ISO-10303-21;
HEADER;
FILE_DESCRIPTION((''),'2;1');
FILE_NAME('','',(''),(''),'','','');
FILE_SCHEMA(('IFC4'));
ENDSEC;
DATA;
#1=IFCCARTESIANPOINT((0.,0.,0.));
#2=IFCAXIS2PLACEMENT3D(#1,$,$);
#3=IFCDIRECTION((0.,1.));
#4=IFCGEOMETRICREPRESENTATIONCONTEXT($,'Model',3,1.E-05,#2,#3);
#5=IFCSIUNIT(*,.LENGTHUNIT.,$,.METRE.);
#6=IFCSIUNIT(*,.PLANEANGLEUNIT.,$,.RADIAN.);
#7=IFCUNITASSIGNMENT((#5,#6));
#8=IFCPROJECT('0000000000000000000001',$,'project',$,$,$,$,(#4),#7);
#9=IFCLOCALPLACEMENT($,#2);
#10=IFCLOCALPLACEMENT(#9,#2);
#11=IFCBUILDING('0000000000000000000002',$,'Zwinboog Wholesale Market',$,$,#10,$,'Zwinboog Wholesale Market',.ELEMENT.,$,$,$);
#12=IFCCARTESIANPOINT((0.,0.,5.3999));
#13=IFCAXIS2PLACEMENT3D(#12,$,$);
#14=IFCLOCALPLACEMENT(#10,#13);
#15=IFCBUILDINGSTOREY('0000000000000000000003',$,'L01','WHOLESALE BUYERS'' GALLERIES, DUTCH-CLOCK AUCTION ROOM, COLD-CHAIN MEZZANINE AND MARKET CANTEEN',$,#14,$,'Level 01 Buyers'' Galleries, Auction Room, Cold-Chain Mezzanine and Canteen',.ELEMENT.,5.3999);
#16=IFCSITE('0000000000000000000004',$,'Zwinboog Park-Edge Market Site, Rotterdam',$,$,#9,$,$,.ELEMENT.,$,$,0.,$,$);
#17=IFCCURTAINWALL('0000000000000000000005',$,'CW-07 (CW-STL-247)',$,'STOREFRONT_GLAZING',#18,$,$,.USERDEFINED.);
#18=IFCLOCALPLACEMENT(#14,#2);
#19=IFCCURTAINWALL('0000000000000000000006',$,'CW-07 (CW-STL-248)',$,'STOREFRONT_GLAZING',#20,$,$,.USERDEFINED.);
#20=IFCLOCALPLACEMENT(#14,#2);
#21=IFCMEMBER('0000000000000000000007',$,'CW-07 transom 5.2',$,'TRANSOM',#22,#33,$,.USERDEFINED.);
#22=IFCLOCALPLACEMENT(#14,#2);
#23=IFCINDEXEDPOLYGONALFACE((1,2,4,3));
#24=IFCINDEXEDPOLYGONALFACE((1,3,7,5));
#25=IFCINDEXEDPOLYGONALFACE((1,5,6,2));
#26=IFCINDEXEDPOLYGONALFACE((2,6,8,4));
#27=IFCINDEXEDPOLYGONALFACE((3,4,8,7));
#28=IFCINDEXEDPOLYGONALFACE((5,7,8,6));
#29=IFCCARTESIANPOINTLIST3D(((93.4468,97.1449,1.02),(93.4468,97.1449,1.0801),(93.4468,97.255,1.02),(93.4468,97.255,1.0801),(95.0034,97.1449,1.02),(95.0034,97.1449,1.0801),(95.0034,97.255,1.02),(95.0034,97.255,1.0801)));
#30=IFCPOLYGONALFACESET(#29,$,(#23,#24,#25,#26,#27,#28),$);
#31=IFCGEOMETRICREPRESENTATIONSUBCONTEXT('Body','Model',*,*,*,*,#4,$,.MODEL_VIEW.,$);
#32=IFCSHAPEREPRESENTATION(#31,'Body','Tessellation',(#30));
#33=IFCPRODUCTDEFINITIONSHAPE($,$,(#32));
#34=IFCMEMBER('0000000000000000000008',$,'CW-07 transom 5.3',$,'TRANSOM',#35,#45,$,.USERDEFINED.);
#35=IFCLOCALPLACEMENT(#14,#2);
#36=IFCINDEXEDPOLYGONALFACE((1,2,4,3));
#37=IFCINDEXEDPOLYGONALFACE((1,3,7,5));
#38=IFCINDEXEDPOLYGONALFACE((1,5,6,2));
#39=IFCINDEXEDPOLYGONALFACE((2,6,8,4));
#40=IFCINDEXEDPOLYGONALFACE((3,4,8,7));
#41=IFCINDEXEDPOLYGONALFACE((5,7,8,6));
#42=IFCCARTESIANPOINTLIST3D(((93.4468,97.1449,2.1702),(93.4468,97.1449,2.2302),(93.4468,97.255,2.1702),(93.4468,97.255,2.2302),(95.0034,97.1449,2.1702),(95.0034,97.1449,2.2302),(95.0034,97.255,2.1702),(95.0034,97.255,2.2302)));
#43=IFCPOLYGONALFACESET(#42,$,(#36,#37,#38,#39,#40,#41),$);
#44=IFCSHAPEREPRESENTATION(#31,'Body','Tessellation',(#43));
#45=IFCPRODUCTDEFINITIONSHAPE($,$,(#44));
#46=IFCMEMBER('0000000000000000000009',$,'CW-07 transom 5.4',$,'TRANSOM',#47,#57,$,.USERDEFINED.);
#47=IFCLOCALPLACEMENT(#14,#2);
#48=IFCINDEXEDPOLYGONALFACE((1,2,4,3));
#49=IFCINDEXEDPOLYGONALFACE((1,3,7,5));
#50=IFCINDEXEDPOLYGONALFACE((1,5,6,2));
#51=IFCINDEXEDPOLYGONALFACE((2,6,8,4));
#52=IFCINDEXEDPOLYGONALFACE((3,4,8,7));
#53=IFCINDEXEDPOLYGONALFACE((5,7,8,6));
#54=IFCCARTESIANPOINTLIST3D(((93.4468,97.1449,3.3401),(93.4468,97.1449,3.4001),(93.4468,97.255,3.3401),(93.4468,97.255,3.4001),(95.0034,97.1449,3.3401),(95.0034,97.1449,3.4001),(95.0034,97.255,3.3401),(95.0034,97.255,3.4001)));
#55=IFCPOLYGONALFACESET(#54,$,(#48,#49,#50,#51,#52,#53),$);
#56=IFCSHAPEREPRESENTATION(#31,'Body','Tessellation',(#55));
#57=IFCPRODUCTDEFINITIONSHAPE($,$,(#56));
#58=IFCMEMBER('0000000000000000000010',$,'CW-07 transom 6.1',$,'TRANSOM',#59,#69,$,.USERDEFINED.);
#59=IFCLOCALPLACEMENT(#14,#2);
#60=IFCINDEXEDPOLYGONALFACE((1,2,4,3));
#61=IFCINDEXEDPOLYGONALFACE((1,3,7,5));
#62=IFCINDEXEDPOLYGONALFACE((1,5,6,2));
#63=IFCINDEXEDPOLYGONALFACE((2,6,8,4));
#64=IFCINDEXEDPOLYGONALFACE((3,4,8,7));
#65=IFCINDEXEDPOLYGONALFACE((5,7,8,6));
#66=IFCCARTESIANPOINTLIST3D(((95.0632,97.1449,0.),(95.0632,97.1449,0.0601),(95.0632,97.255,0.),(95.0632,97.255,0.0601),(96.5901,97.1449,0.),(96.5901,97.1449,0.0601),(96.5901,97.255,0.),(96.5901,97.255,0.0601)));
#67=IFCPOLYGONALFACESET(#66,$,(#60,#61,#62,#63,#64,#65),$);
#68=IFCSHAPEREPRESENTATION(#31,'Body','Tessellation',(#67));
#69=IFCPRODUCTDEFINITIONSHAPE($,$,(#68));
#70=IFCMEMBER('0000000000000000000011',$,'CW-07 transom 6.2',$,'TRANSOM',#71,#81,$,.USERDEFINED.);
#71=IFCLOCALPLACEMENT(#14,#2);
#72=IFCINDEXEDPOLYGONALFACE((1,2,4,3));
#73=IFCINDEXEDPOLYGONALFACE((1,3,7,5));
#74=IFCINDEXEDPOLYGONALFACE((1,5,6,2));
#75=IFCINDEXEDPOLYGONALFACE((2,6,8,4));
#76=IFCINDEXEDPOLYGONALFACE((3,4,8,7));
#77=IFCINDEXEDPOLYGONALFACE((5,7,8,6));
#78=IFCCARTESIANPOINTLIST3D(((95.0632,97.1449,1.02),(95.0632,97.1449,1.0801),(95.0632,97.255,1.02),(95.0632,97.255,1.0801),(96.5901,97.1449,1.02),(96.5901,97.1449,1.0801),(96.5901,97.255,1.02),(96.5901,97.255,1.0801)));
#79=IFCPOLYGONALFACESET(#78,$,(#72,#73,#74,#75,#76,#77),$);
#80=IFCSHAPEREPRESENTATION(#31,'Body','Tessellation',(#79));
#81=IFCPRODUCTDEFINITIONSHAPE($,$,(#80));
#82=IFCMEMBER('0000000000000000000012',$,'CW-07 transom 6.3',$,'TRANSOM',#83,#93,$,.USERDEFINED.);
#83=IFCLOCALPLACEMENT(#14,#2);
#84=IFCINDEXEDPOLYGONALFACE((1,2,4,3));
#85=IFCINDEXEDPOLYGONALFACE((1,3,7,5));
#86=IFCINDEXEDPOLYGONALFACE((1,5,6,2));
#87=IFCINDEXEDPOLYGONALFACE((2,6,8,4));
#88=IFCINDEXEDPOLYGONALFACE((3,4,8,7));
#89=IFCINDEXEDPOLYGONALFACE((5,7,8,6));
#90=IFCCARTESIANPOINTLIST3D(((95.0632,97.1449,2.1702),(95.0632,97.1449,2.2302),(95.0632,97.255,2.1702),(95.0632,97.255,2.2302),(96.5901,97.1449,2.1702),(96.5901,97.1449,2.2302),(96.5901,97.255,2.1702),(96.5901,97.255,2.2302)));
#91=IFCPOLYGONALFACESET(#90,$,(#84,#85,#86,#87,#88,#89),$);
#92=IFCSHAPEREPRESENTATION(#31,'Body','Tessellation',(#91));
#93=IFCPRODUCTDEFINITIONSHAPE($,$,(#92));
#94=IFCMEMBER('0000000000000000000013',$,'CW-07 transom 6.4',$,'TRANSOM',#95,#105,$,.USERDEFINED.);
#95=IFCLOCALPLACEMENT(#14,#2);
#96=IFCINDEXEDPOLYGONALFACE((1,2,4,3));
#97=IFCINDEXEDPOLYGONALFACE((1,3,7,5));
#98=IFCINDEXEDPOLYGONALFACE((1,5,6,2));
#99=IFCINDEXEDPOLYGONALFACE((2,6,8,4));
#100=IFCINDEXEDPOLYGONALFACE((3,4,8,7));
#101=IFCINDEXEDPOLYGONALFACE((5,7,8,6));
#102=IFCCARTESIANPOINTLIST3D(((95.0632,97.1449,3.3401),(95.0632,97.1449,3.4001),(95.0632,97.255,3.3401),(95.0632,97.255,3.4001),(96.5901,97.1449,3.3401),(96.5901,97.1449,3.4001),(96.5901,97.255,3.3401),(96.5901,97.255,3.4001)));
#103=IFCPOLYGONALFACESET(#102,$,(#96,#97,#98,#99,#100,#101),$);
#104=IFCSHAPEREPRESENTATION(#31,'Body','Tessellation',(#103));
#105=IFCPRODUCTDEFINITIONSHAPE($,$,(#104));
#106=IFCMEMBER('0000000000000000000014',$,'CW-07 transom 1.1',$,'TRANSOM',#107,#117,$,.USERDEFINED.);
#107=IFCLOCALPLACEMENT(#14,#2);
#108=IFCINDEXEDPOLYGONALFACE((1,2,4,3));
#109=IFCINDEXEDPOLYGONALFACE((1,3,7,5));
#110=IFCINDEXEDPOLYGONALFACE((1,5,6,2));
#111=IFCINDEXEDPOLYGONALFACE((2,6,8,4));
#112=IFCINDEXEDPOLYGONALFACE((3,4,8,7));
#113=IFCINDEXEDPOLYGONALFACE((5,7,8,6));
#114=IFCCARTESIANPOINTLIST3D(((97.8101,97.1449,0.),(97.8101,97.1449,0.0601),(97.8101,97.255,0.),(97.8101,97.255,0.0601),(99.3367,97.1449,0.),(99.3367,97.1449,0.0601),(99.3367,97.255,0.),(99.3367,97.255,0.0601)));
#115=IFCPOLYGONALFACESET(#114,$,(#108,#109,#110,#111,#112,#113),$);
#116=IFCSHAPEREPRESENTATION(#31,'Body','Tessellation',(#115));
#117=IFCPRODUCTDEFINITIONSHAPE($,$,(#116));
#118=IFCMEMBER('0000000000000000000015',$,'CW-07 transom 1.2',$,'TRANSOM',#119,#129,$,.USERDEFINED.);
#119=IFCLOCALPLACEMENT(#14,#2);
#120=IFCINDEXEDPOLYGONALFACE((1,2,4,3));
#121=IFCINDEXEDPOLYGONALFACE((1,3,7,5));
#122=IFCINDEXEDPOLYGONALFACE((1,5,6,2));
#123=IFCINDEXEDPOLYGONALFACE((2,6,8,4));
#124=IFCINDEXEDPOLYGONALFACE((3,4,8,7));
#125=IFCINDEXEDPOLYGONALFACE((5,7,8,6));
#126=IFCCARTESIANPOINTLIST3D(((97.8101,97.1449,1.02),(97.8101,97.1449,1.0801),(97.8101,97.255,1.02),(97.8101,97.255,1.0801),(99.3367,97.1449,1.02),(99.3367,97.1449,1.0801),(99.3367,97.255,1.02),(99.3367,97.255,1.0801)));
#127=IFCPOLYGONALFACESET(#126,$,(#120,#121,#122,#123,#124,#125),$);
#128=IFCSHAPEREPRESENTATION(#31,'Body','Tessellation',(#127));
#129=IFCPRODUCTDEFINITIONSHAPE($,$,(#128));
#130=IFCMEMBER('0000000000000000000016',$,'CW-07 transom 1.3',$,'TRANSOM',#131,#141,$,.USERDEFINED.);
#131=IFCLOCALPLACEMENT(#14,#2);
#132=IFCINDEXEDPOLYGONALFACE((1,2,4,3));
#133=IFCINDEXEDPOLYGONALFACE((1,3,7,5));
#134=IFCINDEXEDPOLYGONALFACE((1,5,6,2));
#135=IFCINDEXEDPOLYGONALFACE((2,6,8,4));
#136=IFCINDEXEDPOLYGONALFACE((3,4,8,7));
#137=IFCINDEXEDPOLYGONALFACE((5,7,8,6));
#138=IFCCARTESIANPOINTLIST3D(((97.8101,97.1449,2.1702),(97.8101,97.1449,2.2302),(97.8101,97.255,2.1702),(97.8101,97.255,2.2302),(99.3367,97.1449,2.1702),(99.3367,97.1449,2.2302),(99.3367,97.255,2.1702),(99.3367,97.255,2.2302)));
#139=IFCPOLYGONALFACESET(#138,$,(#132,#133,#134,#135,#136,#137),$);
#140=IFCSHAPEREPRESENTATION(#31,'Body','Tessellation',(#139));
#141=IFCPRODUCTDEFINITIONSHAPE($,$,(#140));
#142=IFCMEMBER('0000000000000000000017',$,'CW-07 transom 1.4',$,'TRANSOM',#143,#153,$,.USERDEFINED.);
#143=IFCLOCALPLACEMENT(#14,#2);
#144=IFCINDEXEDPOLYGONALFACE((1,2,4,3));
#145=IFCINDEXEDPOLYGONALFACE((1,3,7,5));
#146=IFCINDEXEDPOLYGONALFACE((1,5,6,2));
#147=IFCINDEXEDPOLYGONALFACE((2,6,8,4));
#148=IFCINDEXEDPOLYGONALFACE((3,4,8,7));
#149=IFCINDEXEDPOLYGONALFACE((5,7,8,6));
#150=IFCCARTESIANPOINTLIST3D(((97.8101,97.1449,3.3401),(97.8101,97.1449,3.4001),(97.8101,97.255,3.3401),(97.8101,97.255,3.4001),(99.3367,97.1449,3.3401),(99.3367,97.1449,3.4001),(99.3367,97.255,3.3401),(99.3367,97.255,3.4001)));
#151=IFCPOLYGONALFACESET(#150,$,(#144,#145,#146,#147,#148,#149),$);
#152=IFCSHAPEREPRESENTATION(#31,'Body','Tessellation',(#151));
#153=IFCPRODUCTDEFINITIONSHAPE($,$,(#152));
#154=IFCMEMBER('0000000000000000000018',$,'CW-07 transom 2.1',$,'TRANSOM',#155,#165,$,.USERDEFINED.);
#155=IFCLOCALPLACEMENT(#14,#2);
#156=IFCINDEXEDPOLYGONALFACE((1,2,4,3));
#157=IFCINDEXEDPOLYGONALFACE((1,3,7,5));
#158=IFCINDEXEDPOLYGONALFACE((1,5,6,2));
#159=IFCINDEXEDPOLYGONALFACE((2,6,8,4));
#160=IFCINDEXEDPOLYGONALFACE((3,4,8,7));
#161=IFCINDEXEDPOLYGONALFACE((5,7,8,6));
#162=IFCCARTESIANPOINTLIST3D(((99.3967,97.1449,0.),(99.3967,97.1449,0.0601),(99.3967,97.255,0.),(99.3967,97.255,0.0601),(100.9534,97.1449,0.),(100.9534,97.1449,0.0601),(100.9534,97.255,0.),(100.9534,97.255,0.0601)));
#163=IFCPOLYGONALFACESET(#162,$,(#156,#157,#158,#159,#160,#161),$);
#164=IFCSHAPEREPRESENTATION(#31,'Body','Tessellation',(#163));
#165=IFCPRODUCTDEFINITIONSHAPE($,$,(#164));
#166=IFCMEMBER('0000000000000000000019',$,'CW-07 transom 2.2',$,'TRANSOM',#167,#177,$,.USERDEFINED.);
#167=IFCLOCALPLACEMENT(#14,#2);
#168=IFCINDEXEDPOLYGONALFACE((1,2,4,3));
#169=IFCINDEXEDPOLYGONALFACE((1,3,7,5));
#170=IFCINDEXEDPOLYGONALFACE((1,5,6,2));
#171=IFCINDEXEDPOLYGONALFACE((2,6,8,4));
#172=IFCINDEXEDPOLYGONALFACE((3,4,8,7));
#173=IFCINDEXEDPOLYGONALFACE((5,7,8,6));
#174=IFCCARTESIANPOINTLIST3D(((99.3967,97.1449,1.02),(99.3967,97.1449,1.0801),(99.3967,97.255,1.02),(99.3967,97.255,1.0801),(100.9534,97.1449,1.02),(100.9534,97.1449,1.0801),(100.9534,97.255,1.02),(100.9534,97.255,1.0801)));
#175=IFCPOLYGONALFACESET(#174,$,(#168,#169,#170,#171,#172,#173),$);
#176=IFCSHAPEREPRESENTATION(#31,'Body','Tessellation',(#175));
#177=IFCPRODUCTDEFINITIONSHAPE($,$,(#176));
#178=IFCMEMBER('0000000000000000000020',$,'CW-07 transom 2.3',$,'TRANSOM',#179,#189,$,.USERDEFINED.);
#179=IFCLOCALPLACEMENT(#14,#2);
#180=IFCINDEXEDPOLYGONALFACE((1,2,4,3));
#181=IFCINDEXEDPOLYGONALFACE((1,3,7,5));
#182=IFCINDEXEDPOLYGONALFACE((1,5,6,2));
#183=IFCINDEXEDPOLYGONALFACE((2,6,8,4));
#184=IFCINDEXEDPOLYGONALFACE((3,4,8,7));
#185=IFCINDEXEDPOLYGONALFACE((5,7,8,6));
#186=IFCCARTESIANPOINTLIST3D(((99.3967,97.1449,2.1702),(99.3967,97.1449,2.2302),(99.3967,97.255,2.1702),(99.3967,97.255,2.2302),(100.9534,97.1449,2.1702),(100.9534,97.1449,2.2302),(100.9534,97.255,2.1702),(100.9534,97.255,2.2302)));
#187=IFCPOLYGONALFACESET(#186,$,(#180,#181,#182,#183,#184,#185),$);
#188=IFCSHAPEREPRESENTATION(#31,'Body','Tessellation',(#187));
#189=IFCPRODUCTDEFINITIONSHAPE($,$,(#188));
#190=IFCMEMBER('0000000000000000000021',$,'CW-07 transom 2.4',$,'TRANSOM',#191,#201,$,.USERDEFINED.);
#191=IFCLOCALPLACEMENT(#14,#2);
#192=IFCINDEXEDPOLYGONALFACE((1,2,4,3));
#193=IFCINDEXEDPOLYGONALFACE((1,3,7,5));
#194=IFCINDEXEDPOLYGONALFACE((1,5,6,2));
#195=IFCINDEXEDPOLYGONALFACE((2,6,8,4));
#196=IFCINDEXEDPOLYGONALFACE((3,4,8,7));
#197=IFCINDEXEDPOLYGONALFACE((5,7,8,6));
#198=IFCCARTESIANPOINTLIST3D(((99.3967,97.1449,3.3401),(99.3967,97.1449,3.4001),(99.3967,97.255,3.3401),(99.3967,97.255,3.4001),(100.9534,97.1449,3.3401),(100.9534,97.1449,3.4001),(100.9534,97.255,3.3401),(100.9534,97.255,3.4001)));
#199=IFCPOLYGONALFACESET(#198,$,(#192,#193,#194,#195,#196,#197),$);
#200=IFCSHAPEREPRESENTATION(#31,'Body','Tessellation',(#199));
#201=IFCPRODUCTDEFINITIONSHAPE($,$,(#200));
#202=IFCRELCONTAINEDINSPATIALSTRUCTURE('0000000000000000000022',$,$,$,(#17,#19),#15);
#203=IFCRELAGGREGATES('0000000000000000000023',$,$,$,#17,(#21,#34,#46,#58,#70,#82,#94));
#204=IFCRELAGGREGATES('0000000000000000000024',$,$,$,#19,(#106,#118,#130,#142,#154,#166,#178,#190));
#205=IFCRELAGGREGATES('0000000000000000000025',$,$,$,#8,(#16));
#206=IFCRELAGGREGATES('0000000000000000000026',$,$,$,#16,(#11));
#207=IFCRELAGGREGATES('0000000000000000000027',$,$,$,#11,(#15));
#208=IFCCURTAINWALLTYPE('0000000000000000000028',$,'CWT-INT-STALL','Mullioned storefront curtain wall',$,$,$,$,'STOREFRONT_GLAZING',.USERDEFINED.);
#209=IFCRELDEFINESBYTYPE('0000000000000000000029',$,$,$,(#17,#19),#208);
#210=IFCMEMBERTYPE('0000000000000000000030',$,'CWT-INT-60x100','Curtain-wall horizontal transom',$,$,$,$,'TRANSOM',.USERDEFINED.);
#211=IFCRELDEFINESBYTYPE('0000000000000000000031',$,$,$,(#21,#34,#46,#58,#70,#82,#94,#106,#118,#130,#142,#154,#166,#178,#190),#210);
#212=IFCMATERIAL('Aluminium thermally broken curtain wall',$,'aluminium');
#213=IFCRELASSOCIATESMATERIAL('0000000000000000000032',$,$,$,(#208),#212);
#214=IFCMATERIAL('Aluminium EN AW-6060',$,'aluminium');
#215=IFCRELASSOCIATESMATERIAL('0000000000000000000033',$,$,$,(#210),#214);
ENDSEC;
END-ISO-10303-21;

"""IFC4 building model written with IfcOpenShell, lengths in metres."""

from ifc_helpers import new_model, si_unit, direction, frame, origin, origin_2d, place, context, subcontext, project, spatial, rectangle, extrude, material, material_profile, profile_set, type_object, element, aggregate, save


model = new_model("IFC4")

# Units and contexts
model_context = context("Model", 3, precision=1e-05, world=origin(), true_north=direction((0.0, 1.0)))
body_context = subcontext(model_context, "Body", "Model", "MODEL_VIEW")
ifc_project = project(units=[si_unit("LENGTHUNIT", "METRE"), si_unit("PLANEANGLEUNIT", "RADIAN")], contexts=[model_context])

# Site, building, storey
site_placement = place(None, origin())
site = spatial("IfcSite", under=ifc_project, at=site_placement, Name="Zwinboog Park-Edge Market Site, Rotterdam", CompositionType="ELEMENT", RefElevation=0.0)
building_placement = place(site_placement, origin())
building = spatial("IfcBuilding", under=site, at=building_placement, Name="Zwinboog Wholesale Market", LongName="Zwinboog Wholesale Market", CompositionType="ELEMENT")
storey_placement = place(building_placement, frame((0.0, 0.0, 5.3999)))
storey = spatial("IfcBuildingStorey", under=building, at=storey_placement, Name="L01", Description="WHOLESALE BUYERS' GALLERIES, DUTCH-CLOCK AUCTION ROOM, COLD-CHAIN MEZZANINE AND MARKET CANTEEN", LongName="Level 01 Buyers' Galleries, Auction Room, Cold-Chain Mezzanine and Canteen", CompositionType="ELEMENT", Elevation=5.3999)

# Curtain walls
ifc_material_1 = material(Name="Aluminium thermally broken curtain wall", Category="aluminium")
curtain_wall_type = type_object("IfcCurtainWallType", Name="CWT-INT-STALL", Description="Mullioned storefront curtain wall", ElementType="STOREFRONT_GLAZING", PredefinedType="USERDEFINED", material=ifc_material_1)
curtain_wall_1_placement = place(storey_placement, origin())
curtain_wall_1 = element("IfcCurtainWall", 1, at=curtain_wall_1_placement, inside=storey, type_object=curtain_wall_type, Name="CW-07 (CW-STL-247)", ObjectType="STOREFRONT_GLAZING", PredefinedType="USERDEFINED")
ifc_material_2 = material(Name="Aluminium EN AW-6060", Category="aluminium")
curtain_wall_2_placement = place(storey_placement, origin())
curtain_wall_2 = element("IfcCurtainWall", 2, at=curtain_wall_2_placement, inside=storey, type_object=curtain_wall_type, Name="CW-07 (CW-STL-248)", ObjectType="STOREFRONT_GLAZING", PredefinedType="USERDEFINED")

# Members
ifc_material_profile_1 = material_profile(ifc_material_2, rectangle(XDim=0.1101, YDim=0.0601, at=origin_2d()), Name="AL 60x110")
ifc_profile_set_1 = profile_set([ifc_material_profile_1], Name="Aluminium EN AW-6060")
member_type_1 = type_object("IfcMemberType", Name="CWT-INT-60x100", Description="Curtain-wall horizontal transom", ElementType="TRANSOM", PredefinedType="USERDEFINED", material=ifc_profile_set_1)
member_1_placement = place(storey_placement, frame((93.4468, 97.2, 1.05), z_axis=(1.0, 0.0, 0.0), x_axis=(0.0, 1.0, 0.0)))
member_1 = element("IfcMember", 3, at=member_1_placement, type_object=member_type_1, Name="CW-07 transom 5.2", ObjectType="TRANSOM", PredefinedType="USERDEFINED", context=body_context, shape_type="SweptSolid", body=[
    extrude(rectangle(XDim=0.1101, YDim=0.0601, at=origin_2d()), origin(), (0.0, 0.0, 1.0), 1.5566),
])
member_2_placement = place(storey_placement, frame((93.4468, 97.2, 2.2002), z_axis=(1.0, 0.0, 0.0), x_axis=(0.0, 1.0, 0.0)))
member_2 = element("IfcMember", 4, at=member_2_placement, type_object=member_type_1, Name="CW-07 transom 5.3", ObjectType="TRANSOM", PredefinedType="USERDEFINED", context=body_context, shape_type="SweptSolid", body=[
    extrude(rectangle(XDim=0.1101, YDim=0.0601, at=origin_2d()), origin(), (0.0, 0.0, 1.0), 1.5566),
])
member_3_placement = place(storey_placement, frame((93.4468, 97.2, 3.3701), z_axis=(1.0, 0.0, 0.0), x_axis=(0.0, 1.0, 0.0)))
member_3 = element("IfcMember", 5, at=member_3_placement, type_object=member_type_1, Name="CW-07 transom 5.4", ObjectType="TRANSOM", PredefinedType="USERDEFINED", context=body_context, shape_type="SweptSolid", body=[
    extrude(rectangle(XDim=0.1101, YDim=0.0601, at=origin_2d()), origin(), (0.0, 0.0, 1.0), 1.5566),
])
member_4_placement = place(storey_placement, frame((95.0632, 97.2, 0.03), z_axis=(1.0, 0.0, 0.0), x_axis=(0.0, 1.0, 0.0)))
member_4 = element("IfcMember", 6, at=member_4_placement, type_object=member_type_1, Name="CW-07 transom 6.1", ObjectType="TRANSOM", PredefinedType="USERDEFINED", context=body_context, shape_type="SweptSolid", body=[
    extrude(rectangle(XDim=0.1101, YDim=0.0601, at=origin_2d()), origin(), (0.0, 0.0, 1.0), 1.5269),
])
member_5_placement = place(storey_placement, frame((95.0632, 97.2, 1.05), z_axis=(1.0, 0.0, 0.0), x_axis=(0.0, 1.0, 0.0)))
member_5 = element("IfcMember", 7, at=member_5_placement, type_object=member_type_1, Name="CW-07 transom 6.2", ObjectType="TRANSOM", PredefinedType="USERDEFINED", context=body_context, shape_type="SweptSolid", body=[
    extrude(rectangle(XDim=0.1101, YDim=0.0601, at=origin_2d()), origin(), (0.0, 0.0, 1.0), 1.5269),
])
member_6_placement = place(storey_placement, frame((95.0632, 97.2, 2.2002), z_axis=(1.0, 0.0, 0.0), x_axis=(0.0, 1.0, 0.0)))
member_6 = element("IfcMember", 8, at=member_6_placement, type_object=member_type_1, Name="CW-07 transom 6.3", ObjectType="TRANSOM", PredefinedType="USERDEFINED", context=body_context, shape_type="SweptSolid", body=[
    extrude(rectangle(XDim=0.1101, YDim=0.0601, at=origin_2d()), origin(), (0.0, 0.0, 1.0), 1.5269),
])
member_7_placement = place(storey_placement, frame((95.0632, 97.2, 3.3701), z_axis=(1.0, 0.0, 0.0), x_axis=(0.0, 1.0, 0.0)))
member_7 = element("IfcMember", 9, at=member_7_placement, type_object=member_type_1, Name="CW-07 transom 6.4", ObjectType="TRANSOM", PredefinedType="USERDEFINED", context=body_context, shape_type="SweptSolid", body=[
    extrude(rectangle(XDim=0.1101, YDim=0.0601, at=origin_2d()), origin(), (0.0, 0.0, 1.0), 1.5269),
])
member_8_placement = place(storey_placement, frame((97.8101, 97.2, 0.03), z_axis=(1.0, 0.0, 0.0), x_axis=(0.0, 1.0, 0.0)))
member_8 = element("IfcMember", 10, at=member_8_placement, type_object=member_type_1, Name="CW-07 transom 1.1", ObjectType="TRANSOM", PredefinedType="USERDEFINED", context=body_context, shape_type="SweptSolid", body=[
    extrude(rectangle(XDim=0.1101, YDim=0.0601, at=origin_2d()), origin(), (0.0, 0.0, 1.0), 1.5266),
])
member_9_placement = place(storey_placement, frame((97.8101, 97.2, 1.05), z_axis=(1.0, 0.0, 0.0), x_axis=(0.0, 1.0, 0.0)))
member_9 = element("IfcMember", 11, at=member_9_placement, type_object=member_type_1, Name="CW-07 transom 1.2", ObjectType="TRANSOM", PredefinedType="USERDEFINED", context=body_context, shape_type="SweptSolid", body=[
    extrude(rectangle(XDim=0.1101, YDim=0.0601, at=origin_2d()), origin(), (0.0, 0.0, 1.0), 1.5266),
])
member_10_placement = place(storey_placement, frame((97.8101, 97.2, 2.2002), z_axis=(1.0, 0.0, 0.0), x_axis=(0.0, 1.0, 0.0)))
member_10 = element("IfcMember", 12, at=member_10_placement, type_object=member_type_1, Name="CW-07 transom 1.3", ObjectType="TRANSOM", PredefinedType="USERDEFINED", context=body_context, shape_type="SweptSolid", body=[
    extrude(rectangle(XDim=0.1101, YDim=0.0601, at=origin_2d()), origin(), (0.0, 0.0, 1.0), 1.5266),
])
member_11_placement = place(storey_placement, frame((97.8101, 97.2, 3.3701), z_axis=(1.0, 0.0, 0.0), x_axis=(0.0, 1.0, 0.0)))
member_11 = element("IfcMember", 13, at=member_11_placement, type_object=member_type_1, Name="CW-07 transom 1.4", ObjectType="TRANSOM", PredefinedType="USERDEFINED", context=body_context, shape_type="SweptSolid", body=[
    extrude(rectangle(XDim=0.1101, YDim=0.0601, at=origin_2d()), origin(), (0.0, 0.0, 1.0), 1.5266),
])
member_12_placement = place(storey_placement, frame((99.3967, 97.2, 0.03), z_axis=(1.0, 0.0, 0.0), x_axis=(0.0, 1.0, 0.0)))
member_12 = element("IfcMember", 14, at=member_12_placement, type_object=member_type_1, Name="CW-07 transom 2.1", ObjectType="TRANSOM", PredefinedType="USERDEFINED", context=body_context, shape_type="SweptSolid", body=[
    extrude(rectangle(XDim=0.1101, YDim=0.0601, at=origin_2d()), origin(), (0.0, 0.0, 1.0), 1.5566),
])
member_13_placement = place(storey_placement, frame((99.3967, 97.2, 1.05), z_axis=(1.0, 0.0, 0.0), x_axis=(0.0, 1.0, 0.0)))
member_13 = element("IfcMember", 15, at=member_13_placement, type_object=member_type_1, Name="CW-07 transom 2.2", ObjectType="TRANSOM", PredefinedType="USERDEFINED", context=body_context, shape_type="SweptSolid", body=[
    extrude(rectangle(XDim=0.1101, YDim=0.0601, at=origin_2d()), origin(), (0.0, 0.0, 1.0), 1.5566),
])
member_14_placement = place(storey_placement, frame((99.3967, 97.2, 2.2002), z_axis=(1.0, 0.0, 0.0), x_axis=(0.0, 1.0, 0.0)))
member_14 = element("IfcMember", 16, at=member_14_placement, type_object=member_type_1, Name="CW-07 transom 2.3", ObjectType="TRANSOM", PredefinedType="USERDEFINED", context=body_context, shape_type="SweptSolid", body=[
    extrude(rectangle(XDim=0.1101, YDim=0.0601, at=origin_2d()), origin(), (0.0, 0.0, 1.0), 1.5566),
])
member_15_placement = place(storey_placement, frame((99.3967, 97.2, 3.3701), z_axis=(1.0, 0.0, 0.0), x_axis=(0.0, 1.0, 0.0)))
member_15 = element("IfcMember", 17, at=member_15_placement, type_object=member_type_1, Name="CW-07 transom 2.4", ObjectType="TRANSOM", PredefinedType="USERDEFINED", context=body_context, shape_type="SweptSolid", body=[
    extrude(rectangle(XDim=0.1101, YDim=0.0601, at=origin_2d()), origin(), (0.0, 0.0, 1.0), 1.5566),
])

aggregate(curtain_wall_1, [member_1, member_2, member_3, member_4, member_5, member_6, member_7])
aggregate(curtain_wall_2, [member_8, member_9, member_10, member_11, member_12, member_13, member_14, member_15])

save(model, "model.ifc")
